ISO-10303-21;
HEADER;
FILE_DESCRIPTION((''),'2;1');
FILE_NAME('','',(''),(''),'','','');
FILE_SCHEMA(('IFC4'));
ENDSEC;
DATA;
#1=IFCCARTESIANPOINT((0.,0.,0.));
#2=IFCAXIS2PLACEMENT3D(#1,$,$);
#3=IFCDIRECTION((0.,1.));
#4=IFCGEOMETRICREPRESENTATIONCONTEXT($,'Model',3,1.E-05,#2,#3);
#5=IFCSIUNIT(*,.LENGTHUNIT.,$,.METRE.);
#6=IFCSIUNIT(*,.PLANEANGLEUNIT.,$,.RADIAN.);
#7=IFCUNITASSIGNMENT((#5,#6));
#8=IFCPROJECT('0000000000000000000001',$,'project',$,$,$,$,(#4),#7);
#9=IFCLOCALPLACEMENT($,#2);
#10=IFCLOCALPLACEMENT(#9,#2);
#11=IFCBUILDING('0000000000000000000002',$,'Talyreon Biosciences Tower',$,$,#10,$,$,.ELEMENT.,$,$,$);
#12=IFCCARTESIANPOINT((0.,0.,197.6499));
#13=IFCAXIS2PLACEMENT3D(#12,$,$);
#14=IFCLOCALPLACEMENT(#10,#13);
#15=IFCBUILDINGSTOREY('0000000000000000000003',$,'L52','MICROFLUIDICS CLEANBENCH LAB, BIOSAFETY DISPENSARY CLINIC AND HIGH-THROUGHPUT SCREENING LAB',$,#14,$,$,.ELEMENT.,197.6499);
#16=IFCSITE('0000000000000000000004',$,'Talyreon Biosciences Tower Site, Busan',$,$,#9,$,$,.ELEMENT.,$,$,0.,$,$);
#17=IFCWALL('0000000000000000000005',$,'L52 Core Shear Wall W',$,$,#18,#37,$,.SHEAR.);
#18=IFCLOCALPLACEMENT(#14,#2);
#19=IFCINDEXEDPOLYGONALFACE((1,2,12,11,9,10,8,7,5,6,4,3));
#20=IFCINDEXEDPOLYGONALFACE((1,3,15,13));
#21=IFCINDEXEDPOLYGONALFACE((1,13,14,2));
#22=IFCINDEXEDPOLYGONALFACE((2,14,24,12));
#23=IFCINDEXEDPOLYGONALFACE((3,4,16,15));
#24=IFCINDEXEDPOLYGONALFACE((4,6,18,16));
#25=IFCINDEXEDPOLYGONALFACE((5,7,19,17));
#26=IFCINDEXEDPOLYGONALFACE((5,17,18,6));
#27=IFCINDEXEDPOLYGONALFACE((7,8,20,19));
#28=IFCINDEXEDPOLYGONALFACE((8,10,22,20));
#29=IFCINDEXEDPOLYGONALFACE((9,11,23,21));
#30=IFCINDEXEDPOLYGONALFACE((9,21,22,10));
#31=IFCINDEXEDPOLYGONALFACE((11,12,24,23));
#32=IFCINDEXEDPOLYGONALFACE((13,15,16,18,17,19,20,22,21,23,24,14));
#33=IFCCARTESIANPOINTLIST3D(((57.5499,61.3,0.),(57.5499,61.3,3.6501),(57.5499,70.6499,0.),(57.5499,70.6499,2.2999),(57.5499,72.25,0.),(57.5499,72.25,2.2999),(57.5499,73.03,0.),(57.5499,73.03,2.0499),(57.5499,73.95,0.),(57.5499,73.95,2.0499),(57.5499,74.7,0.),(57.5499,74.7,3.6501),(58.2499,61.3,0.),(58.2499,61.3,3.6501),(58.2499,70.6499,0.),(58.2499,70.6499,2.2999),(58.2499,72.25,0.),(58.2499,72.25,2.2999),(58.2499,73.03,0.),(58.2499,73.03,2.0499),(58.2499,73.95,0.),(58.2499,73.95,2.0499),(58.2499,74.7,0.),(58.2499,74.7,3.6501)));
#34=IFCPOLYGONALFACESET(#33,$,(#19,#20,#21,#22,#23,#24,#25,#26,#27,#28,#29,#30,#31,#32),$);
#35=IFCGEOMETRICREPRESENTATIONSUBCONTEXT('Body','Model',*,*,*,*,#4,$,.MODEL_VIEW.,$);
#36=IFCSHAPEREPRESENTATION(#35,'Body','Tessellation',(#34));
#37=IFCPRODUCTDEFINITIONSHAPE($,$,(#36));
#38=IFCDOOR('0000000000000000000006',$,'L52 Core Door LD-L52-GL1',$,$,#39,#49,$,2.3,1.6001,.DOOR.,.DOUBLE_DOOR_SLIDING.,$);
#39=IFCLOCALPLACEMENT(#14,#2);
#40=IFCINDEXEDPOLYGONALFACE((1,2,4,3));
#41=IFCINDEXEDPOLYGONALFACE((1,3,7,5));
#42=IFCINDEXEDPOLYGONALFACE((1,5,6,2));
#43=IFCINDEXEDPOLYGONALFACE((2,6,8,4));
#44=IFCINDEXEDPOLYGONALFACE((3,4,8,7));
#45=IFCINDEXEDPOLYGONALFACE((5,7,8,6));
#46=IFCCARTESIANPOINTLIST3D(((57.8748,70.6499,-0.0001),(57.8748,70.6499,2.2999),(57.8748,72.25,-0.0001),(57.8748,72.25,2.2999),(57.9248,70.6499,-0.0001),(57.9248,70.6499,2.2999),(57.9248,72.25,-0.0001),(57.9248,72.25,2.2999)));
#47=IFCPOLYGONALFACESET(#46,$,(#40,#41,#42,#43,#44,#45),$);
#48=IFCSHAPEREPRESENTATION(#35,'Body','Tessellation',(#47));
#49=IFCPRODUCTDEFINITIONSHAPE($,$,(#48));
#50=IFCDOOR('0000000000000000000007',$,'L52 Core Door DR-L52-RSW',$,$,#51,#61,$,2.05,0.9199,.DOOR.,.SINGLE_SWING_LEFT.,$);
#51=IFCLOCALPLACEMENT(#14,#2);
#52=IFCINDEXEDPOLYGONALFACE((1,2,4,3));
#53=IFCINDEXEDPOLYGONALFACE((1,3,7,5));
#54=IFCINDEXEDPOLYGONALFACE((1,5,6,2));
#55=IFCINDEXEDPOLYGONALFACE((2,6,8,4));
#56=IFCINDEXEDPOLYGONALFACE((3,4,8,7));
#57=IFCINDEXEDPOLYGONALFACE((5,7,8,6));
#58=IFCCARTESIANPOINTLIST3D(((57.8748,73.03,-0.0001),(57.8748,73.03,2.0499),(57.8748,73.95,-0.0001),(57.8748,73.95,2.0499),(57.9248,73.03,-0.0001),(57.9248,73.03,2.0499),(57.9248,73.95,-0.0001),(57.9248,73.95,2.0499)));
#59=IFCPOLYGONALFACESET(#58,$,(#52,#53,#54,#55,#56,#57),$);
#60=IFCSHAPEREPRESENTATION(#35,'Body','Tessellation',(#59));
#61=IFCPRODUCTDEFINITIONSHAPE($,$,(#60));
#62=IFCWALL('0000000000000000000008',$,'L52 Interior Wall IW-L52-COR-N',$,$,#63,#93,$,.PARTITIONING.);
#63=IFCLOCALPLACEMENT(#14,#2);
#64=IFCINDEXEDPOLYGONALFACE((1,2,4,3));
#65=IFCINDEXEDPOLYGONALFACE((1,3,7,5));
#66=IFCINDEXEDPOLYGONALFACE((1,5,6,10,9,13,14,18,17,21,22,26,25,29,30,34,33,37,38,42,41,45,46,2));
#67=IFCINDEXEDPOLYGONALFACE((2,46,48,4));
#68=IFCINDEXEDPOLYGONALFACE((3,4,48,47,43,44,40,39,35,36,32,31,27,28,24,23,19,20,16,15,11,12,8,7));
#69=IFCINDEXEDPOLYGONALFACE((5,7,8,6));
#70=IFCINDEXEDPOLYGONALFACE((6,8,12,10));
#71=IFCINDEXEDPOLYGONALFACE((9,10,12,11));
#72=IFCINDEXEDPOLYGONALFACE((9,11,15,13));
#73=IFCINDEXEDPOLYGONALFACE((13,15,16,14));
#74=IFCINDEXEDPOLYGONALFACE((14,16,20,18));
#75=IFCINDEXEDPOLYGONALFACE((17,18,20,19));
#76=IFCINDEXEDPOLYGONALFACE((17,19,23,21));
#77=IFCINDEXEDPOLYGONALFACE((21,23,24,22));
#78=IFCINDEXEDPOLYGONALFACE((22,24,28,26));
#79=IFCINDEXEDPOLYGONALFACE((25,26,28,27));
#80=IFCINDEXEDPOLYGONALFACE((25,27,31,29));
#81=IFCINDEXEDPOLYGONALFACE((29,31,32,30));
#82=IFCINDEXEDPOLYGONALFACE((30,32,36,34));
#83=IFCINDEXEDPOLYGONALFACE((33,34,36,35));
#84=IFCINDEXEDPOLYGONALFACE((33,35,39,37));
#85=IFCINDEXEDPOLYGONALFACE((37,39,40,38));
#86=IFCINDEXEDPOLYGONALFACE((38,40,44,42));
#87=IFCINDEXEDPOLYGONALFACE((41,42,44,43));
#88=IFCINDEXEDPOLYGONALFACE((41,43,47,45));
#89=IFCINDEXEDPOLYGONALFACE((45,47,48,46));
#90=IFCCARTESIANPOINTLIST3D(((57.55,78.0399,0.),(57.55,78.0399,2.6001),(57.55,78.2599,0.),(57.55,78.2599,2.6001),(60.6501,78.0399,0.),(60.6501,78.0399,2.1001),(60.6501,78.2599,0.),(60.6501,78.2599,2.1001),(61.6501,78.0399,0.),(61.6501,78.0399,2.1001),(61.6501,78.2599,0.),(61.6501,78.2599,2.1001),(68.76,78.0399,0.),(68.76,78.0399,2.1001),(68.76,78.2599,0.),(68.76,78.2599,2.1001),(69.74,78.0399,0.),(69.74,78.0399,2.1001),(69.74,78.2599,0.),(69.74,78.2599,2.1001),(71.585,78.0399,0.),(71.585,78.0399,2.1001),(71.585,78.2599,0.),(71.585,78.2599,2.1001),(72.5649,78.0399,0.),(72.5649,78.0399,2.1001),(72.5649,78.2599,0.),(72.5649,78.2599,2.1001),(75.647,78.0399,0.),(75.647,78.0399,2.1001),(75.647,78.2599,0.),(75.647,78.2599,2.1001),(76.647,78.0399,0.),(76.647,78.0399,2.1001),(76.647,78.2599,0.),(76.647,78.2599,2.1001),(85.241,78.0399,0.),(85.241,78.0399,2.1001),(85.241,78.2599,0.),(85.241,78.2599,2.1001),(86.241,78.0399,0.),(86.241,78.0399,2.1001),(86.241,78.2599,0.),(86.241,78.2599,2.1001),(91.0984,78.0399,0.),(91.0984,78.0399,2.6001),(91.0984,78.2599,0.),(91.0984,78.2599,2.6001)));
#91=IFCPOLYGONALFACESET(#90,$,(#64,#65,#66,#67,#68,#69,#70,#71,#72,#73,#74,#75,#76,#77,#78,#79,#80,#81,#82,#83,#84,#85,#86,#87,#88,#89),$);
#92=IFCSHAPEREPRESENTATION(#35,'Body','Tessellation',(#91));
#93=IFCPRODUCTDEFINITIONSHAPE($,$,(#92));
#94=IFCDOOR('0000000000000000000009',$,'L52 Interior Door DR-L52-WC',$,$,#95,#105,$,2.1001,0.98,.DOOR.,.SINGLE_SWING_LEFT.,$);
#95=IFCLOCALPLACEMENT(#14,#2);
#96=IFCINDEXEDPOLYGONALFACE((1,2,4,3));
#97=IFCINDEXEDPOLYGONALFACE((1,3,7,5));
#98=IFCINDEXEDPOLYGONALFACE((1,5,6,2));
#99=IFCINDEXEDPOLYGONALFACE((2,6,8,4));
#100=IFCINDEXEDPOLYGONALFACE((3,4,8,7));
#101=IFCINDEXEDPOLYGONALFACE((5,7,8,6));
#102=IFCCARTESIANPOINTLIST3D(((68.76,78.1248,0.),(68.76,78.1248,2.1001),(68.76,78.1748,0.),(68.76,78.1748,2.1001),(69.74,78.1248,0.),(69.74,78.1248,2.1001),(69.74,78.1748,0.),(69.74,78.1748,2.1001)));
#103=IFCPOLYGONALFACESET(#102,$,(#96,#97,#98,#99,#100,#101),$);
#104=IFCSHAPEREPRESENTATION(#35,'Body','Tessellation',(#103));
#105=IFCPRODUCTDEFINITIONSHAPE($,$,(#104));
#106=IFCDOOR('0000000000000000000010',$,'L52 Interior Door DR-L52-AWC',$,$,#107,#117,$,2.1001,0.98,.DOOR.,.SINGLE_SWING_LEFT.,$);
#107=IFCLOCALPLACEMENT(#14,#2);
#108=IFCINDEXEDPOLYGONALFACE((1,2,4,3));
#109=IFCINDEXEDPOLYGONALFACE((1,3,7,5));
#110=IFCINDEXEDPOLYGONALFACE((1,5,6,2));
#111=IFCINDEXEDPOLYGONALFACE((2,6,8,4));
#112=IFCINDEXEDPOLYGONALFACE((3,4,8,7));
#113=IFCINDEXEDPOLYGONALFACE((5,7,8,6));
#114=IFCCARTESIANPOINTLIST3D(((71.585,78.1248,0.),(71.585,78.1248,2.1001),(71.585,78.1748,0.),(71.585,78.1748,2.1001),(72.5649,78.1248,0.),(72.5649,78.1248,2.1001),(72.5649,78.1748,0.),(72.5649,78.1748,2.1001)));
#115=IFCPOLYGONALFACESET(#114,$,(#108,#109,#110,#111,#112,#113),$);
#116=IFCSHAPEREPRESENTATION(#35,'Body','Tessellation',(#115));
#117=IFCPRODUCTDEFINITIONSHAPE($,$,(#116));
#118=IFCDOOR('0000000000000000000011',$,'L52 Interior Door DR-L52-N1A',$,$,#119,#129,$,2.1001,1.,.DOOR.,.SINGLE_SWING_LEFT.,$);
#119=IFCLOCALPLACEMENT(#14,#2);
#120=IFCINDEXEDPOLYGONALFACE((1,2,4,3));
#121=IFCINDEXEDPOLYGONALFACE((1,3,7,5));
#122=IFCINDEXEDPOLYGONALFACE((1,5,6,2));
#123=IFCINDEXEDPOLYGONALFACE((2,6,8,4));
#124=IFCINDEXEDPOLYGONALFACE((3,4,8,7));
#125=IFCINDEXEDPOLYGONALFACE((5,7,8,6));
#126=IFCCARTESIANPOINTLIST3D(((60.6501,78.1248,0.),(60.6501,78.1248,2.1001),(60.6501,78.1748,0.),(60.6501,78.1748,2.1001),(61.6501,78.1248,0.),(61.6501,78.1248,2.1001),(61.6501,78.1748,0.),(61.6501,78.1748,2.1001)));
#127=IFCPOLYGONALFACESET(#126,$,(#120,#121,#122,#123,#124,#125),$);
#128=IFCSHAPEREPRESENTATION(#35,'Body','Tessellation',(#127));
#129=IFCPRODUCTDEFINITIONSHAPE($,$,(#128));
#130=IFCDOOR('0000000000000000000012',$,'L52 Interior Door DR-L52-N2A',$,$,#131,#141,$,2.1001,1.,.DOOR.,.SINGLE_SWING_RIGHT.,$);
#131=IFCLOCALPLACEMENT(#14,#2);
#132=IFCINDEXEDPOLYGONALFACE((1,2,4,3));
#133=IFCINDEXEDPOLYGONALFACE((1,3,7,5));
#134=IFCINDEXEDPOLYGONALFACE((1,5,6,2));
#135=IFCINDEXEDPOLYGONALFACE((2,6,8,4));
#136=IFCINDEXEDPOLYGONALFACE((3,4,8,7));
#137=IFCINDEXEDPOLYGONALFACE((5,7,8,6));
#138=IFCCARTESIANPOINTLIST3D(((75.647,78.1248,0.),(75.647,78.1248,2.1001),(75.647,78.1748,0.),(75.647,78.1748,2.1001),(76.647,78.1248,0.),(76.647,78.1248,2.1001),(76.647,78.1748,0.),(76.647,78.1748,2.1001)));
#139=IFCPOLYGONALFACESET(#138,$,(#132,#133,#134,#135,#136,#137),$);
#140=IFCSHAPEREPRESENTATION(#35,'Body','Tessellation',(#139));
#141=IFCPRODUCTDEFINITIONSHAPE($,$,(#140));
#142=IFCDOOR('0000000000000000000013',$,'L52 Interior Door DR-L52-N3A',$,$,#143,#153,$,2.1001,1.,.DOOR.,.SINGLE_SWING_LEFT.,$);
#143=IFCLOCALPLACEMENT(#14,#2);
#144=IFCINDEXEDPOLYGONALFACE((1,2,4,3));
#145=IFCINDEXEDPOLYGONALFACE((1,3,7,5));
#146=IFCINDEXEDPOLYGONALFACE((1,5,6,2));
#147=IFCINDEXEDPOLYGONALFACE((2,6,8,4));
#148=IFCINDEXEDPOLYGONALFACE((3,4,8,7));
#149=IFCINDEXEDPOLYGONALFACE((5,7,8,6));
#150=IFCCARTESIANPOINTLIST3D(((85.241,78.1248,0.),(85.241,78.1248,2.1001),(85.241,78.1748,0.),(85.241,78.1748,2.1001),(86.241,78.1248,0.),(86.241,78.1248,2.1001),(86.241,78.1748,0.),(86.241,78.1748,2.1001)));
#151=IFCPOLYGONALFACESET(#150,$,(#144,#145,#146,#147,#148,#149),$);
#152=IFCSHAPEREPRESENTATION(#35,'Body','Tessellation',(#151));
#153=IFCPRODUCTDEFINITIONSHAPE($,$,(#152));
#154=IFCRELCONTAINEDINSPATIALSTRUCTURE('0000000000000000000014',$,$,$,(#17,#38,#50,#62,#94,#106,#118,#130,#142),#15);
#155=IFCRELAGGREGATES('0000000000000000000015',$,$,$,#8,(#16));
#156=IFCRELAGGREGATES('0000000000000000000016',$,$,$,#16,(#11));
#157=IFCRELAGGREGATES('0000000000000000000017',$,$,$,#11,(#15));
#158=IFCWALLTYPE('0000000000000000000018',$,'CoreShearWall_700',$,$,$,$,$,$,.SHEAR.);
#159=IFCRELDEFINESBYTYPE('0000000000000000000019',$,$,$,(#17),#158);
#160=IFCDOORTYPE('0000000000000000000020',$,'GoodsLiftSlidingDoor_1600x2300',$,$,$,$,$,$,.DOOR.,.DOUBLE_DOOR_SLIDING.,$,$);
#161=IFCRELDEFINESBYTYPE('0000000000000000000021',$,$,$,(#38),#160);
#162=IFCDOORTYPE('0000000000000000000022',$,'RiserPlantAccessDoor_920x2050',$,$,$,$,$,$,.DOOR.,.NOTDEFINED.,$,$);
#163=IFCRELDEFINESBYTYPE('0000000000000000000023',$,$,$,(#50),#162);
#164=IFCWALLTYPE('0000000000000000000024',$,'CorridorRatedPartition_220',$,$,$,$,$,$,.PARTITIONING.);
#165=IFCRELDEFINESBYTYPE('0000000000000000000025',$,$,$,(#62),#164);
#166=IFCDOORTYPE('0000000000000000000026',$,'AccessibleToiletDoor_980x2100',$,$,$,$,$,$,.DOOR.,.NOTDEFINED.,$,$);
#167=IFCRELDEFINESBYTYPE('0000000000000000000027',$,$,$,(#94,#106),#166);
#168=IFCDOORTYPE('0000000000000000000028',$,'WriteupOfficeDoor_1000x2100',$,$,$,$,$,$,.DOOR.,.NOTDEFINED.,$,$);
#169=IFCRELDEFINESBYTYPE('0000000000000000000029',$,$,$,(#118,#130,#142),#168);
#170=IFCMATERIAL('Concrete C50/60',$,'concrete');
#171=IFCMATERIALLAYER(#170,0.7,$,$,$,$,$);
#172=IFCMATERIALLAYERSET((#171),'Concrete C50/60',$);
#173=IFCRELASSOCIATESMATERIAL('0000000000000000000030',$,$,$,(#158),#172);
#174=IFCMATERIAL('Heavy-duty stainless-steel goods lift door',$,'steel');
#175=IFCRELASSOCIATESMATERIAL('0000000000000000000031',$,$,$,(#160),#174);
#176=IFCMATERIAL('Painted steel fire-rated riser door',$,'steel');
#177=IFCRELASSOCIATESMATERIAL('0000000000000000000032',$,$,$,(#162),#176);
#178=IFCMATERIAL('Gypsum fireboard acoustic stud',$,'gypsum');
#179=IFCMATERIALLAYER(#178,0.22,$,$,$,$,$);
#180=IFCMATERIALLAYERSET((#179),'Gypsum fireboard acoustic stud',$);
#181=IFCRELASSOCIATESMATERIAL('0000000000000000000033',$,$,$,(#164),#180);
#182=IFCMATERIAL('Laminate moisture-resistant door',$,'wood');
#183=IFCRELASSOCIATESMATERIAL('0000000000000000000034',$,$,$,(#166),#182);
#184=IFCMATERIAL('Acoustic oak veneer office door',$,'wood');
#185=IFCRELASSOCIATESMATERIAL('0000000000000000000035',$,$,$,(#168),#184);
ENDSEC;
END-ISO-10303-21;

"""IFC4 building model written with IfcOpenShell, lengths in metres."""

from ifc_helpers import new_model, si_unit, direction, frame, frame_2d, origin, place, context, subcontext, project, spatial, rectangle, extrude, material, layer, layer_set, type_object, element, fill, save


model = new_model("IFC4")

# Units and contexts
model_context = context("Model", 3, precision=1e-05, world=origin(), true_north=direction((0.0, 1.0)))
body_context = subcontext(model_context, "Body", "Model", "MODEL_VIEW")
ifc_project = project(units=[si_unit("LENGTHUNIT", "METRE"), si_unit("PLANEANGLEUNIT", "RADIAN")], contexts=[model_context])

# Site, building, storey
site_placement = place(None, origin())
site = spatial("IfcSite", under=ifc_project, at=site_placement, Name="Talyreon Biosciences Tower Site, Busan", CompositionType="ELEMENT", RefElevation=0.0)
building_placement = place(site_placement, origin())
building = spatial("IfcBuilding", under=site, at=building_placement, Name="Talyreon Biosciences Tower", CompositionType="ELEMENT")
storey_placement = place(building_placement, frame((0.0, 0.0, 197.6499)))
storey = spatial("IfcBuildingStorey", under=building, at=storey_placement, Name="L52", Description="MICROFLUIDICS CLEANBENCH LAB, BIOSAFETY DISPENSARY CLINIC AND HIGH-THROUGHPUT SCREENING LAB", CompositionType="ELEMENT", Elevation=197.6499)

# Shared definitions
ifc_material_1 = material(Name="Concrete C50/60", Category="concrete")

# Shared definitions
ifc_layer_1 = layer(ifc_material_1, 0.7)
ifc_layer_set_1 = layer_set([ifc_layer_1], Name="Concrete C50/60")
wall_type_1 = type_object("IfcWallType", Name="CoreShearWall_700", PredefinedType="SHEAR", material=ifc_layer_set_1)

# Walls, openings, doors
wall_1_placement = place(storey_placement, frame((57.8999, 74.7, 0.0), z_axis=(0.0, 0.0, 1.0), x_axis=(0.0, -1.0, 0.0)))
wall_1 = element("IfcWall", 1, at=wall_1_placement, inside=storey, type_object=wall_type_1, Name="L52 Core Shear Wall W", PredefinedType="SHEAR", context=body_context, shape_type="SweptSolid", body=[
    extrude(rectangle(XDim=13.3999, YDim=0.7, at=frame_2d((6.7, 0.0))), origin(), (0.0, 0.0, 1.0), 3.6501),
])
opening_1_placement = place(wall_1_placement, frame((0.75, 0.0, 0.0)))
opening_1 = element("IfcOpeningElement", 2, at=opening_1_placement, cuts=wall_1, PredefinedType="OPENING", context=body_context, shape_type="SweptSolid", body=[
    extrude(rectangle(XDim=0.9199, YDim=2.05, at=frame_2d((0.46, 1.0249))), frame((0.0, 0.3599, 0.0), z_axis=(0.0, -1.0, 0.0), x_axis=(1.0, 0.0, 0.0)), (0.0, 0.0, 1.0), 0.72),
])
opening_2_placement = place(wall_1_placement, frame((2.45, 0.0, 0.0)))
opening_2 = element("IfcOpeningElement", 3, at=opening_2_placement, cuts=wall_1, PredefinedType="OPENING", context=body_context, shape_type="SweptSolid", body=[
    extrude(rectangle(XDim=1.6001, YDim=2.3, at=frame_2d((0.8, 1.1499))), frame((0.0, 0.3599, 0.0), z_axis=(0.0, -1.0, 0.0), x_axis=(1.0, 0.0, 0.0)), (0.0, 0.0, 1.0), 0.72),
])
ifc_material_2 = material(Name="Heavy-duty stainless-steel goods lift door", Category="steel")
door_type_1 = type_object("IfcDoorType", Name="GoodsLiftSlidingDoor_1600x2300", OperationType="DOUBLE_DOOR_SLIDING", PredefinedType="DOOR", material=ifc_material_2)
door_1_placement = place(opening_2_placement, origin())
door_1 = element("IfcDoor", 4, at=door_1_placement, inside=storey, type_object=door_type_1, Name="L52 Core Door LD-L52-GL1", OperationType="DOUBLE_DOOR_SLIDING", OverallHeight=2.3, OverallWidth=1.6001, PredefinedType="DOOR", context=body_context, shape_type="SweptSolid", body=[
    extrude(rectangle(XDim=1.6001, YDim=2.3, at=frame_2d((0.8, 1.1499))), frame((0.0, 0.0249, 0.0), z_axis=(0.0, -1.0, 0.0), x_axis=(1.0, 0.0, 0.0)), (0.0, 0.0, 1.0), 0.05),
])
fill(opening_2, door_1)
ifc_material_3 = material(Name="Painted steel fire-rated riser door", Category="steel")
door_type_2 = type_object("IfcDoorType", Name="RiserPlantAccessDoor_920x2050", OperationType="NOTDEFINED", PredefinedType="DOOR", material=ifc_material_3)
door_2_placement = place(opening_1_placement, origin())
door_2 = element("IfcDoor", 5, at=door_2_placement, inside=storey, type_object=door_type_2, Name="L52 Core Door DR-L52-RSW", OperationType="SINGLE_SWING_LEFT", OverallHeight=2.05, OverallWidth=0.9199, PredefinedType="DOOR", context=body_context, shape_type="SweptSolid", body=[
    extrude(rectangle(XDim=0.9199, YDim=2.05, at=frame_2d((0.46, 1.0249))), frame((0.0, 0.0249, 0.0), z_axis=(0.0, -1.0, 0.0), x_axis=(1.0, 0.0, 0.0)), (0.0, 0.0, 1.0), 0.05),
])
fill(opening_1, door_2)
ifc_material_4 = material(Name="Gypsum fireboard acoustic stud", Category="gypsum")
ifc_layer_2 = layer(ifc_material_4, 0.22)
ifc_layer_set_2 = layer_set([ifc_layer_2], Name="Gypsum fireboard acoustic stud")
wall_type_2 = type_object("IfcWallType", Name="CorridorRatedPartition_220", PredefinedType="PARTITIONING", material=ifc_layer_set_2)
wall_2_placement = place(storey_placement, frame((57.55, 78.1499, 0.0), z_axis=(0.0, 0.0, 1.0), x_axis=(1.0, 0.0, 0.0)))
wall_2 = element("IfcWall", 6, at=wall_2_placement, inside=storey, type_object=wall_type_2, Name="L52 Interior Wall IW-L52-COR-N", PredefinedType="PARTITIONING", context=body_context, shape_type="SweptSolid", body=[
    extrude(rectangle(XDim=33.5483, YDim=0.22, at=frame_2d((16.7742, 0.0))), origin(), (0.0, 0.0, 1.0), 2.6001),
])
opening_3_placement = place(wall_2_placement, frame((11.21, 0.0, 0.0)))
opening_3 = element("IfcOpeningElement", 7, at=opening_3_placement, cuts=wall_2, PredefinedType="OPENING", context=body_context, shape_type="SweptSolid", body=[
    extrude(rectangle(XDim=0.98, YDim=2.1001, at=frame_2d((0.49, 1.05))), frame((0.0, 0.1199, 0.0), z_axis=(0.0, -1.0, 0.0), x_axis=(1.0, 0.0, 0.0)), (0.0, 0.0, 1.0), 0.24),
])
opening_4_placement = place(wall_2_placement, frame((14.0349, 0.0, 0.0)))
opening_4 = element("IfcOpeningElement", 8, at=opening_4_placement, cuts=wall_2, PredefinedType="OPENING", context=body_context, shape_type="SweptSolid", body=[
    extrude(rectangle(XDim=0.98, YDim=2.1001, at=frame_2d((0.49, 1.05))), frame((0.0, 0.1199, 0.0), z_axis=(0.0, -1.0, 0.0), x_axis=(1.0, 0.0, 0.0)), (0.0, 0.0, 1.0), 0.24),
])
opening_5_placement = place(wall_2_placement, frame((3.1001, 0.0, 0.0)))
opening_5 = element("IfcOpeningElement", 9, at=opening_5_placement, cuts=wall_2, PredefinedType="OPENING", context=body_context, shape_type="SweptSolid", body=[
    extrude(rectangle(XDim=1.0, YDim=2.1001, at=frame_2d((0.5, 1.05))), frame((0.0, 0.1199, 0.0), z_axis=(0.0, -1.0, 0.0), x_axis=(1.0, 0.0, 0.0)), (0.0, 0.0, 1.0), 0.24),
])
opening_6_placement = place(wall_2_placement, frame((18.0969, 0.0, 0.0)))
opening_6 = element("IfcOpeningElement", 10, at=opening_6_placement, cuts=wall_2, PredefinedType="OPENING", context=body_context, shape_type="SweptSolid", body=[
    extrude(rectangle(XDim=1.0, YDim=2.1001, at=frame_2d((0.5, 1.05))), frame((0.0, 0.1199, 0.0), z_axis=(0.0, -1.0, 0.0), x_axis=(1.0, 0.0, 0.0)), (0.0, 0.0, 1.0), 0.24),
])
opening_7_placement = place(wall_2_placement, frame((27.6909, 0.0, 0.0)))
opening_7 = element("IfcOpeningElement", 11, at=opening_7_placement, cuts=wall_2, PredefinedType="OPENING", context=body_context, shape_type="SweptSolid", body=[
    extrude(rectangle(XDim=1.0, YDim=2.1001, at=frame_2d((0.5, 1.05))), frame((0.0, 0.1199, 0.0), z_axis=(0.0, -1.0, 0.0), x_axis=(1.0, 0.0, 0.0)), (0.0, 0.0, 1.0), 0.24),
])
ifc_material_5 = material(Name="Laminate moisture-resistant door", Category="wood")
door_type_3 = type_object("IfcDoorType", Name="AccessibleToiletDoor_980x2100", OperationType="NOTDEFINED", PredefinedType="DOOR", material=ifc_material_5)
door_3_placement = place(opening_3_placement, origin())
door_3 = element("IfcDoor", 12, at=door_3_placement, inside=storey, type_object=door_type_3, Name="L52 Interior Door DR-L52-WC", OperationType="SINGLE_SWING_LEFT", OverallHeight=2.1001, OverallWidth=0.98, PredefinedType="DOOR", context=body_context, shape_type="SweptSolid", body=[
    extrude(rectangle(XDim=0.98, YDim=2.1001, at=frame_2d((0.49, 1.05))), frame((0.0, 0.0249, 0.0), z_axis=(0.0, -1.0, 0.0), x_axis=(1.0, 0.0, 0.0)), (0.0, 0.0, 1.0), 0.05),
])
fill(opening_3, door_3)
door_4_placement = place(opening_4_placement, origin())
door_4 = element("IfcDoor", 13, at=door_4_placement, inside=storey, type_object=door_type_3, Name="L52 Interior Door DR-L52-AWC", OperationType="SINGLE_SWING_LEFT", OverallHeight=2.1001, OverallWidth=0.98, PredefinedType="DOOR", context=body_context, shape_type="SweptSolid", body=[
    extrude(rectangle(XDim=0.98, YDim=2.1001, at=frame_2d((0.49, 1.05))), frame((0.0, 0.0249, 0.0), z_axis=(0.0, -1.0, 0.0), x_axis=(1.0, 0.0, 0.0)), (0.0, 0.0, 1.0), 0.05),
])
fill(opening_4, door_4)
ifc_material_6 = material(Name="Acoustic oak veneer office door", Category="wood")
door_type_4 = type_object("IfcDoorType", Name="WriteupOfficeDoor_1000x2100", OperationType="NOTDEFINED", PredefinedType="DOOR", material=ifc_material_6)
door_5_placement = place(opening_5_placement, origin())
door_5 = element("IfcDoor", 14, at=door_5_placement, inside=storey, type_object=door_type_4, Name="L52 Interior Door DR-L52-N1A", OperationType="SINGLE_SWING_LEFT", OverallHeight=2.1001, OverallWidth=1.0, PredefinedType="DOOR", context=body_context, shape_type="SweptSolid", body=[
    extrude(rectangle(XDim=1.0, YDim=2.1001, at=frame_2d((0.5, 1.05))), frame((0.0, 0.0249, 0.0), z_axis=(0.0, -1.0, 0.0), x_axis=(1.0, 0.0, 0.0)), (0.0, 0.0, 1.0), 0.05),
])
fill(opening_5, door_5)
door_6_placement = place(opening_6_placement, origin())
door_6 = element("IfcDoor", 15, at=door_6_placement, inside=storey, type_object=door_type_4, Name="L52 Interior Door DR-L52-N2A", OperationType="SINGLE_SWING_RIGHT", OverallHeight=2.1001, OverallWidth=1.0, PredefinedType="DOOR", context=body_context, shape_type="SweptSolid", body=[
    extrude(rectangle(XDim=1.0, YDim=2.1001, at=frame_2d((0.5, 1.05))), frame((0.0, 0.0249, 0.0), z_axis=(0.0, -1.0, 0.0), x_axis=(1.0, 0.0, 0.0)), (0.0, 0.0, 1.0), 0.05),
])
fill(opening_6, door_6)
door_7_placement = place(opening_7_placement, origin())
door_7 = element("IfcDoor", 16, at=door_7_placement, inside=storey, type_object=door_type_4, Name="L52 Interior Door DR-L52-N3A", OperationType="SINGLE_SWING_LEFT", OverallHeight=2.1001, OverallWidth=1.0, PredefinedType="DOOR", context=body_context, shape_type="SweptSolid", body=[
    extrude(rectangle(XDim=1.0, YDim=2.1001, at=frame_2d((0.5, 1.05))), frame((0.0, 0.0249, 0.0), z_axis=(0.0, -1.0, 0.0), x_axis=(1.0, 0.0, 0.0)), (0.0, 0.0, 1.0), 0.05),
])
fill(opening_7, door_7)

save(model, "model.ifc")
